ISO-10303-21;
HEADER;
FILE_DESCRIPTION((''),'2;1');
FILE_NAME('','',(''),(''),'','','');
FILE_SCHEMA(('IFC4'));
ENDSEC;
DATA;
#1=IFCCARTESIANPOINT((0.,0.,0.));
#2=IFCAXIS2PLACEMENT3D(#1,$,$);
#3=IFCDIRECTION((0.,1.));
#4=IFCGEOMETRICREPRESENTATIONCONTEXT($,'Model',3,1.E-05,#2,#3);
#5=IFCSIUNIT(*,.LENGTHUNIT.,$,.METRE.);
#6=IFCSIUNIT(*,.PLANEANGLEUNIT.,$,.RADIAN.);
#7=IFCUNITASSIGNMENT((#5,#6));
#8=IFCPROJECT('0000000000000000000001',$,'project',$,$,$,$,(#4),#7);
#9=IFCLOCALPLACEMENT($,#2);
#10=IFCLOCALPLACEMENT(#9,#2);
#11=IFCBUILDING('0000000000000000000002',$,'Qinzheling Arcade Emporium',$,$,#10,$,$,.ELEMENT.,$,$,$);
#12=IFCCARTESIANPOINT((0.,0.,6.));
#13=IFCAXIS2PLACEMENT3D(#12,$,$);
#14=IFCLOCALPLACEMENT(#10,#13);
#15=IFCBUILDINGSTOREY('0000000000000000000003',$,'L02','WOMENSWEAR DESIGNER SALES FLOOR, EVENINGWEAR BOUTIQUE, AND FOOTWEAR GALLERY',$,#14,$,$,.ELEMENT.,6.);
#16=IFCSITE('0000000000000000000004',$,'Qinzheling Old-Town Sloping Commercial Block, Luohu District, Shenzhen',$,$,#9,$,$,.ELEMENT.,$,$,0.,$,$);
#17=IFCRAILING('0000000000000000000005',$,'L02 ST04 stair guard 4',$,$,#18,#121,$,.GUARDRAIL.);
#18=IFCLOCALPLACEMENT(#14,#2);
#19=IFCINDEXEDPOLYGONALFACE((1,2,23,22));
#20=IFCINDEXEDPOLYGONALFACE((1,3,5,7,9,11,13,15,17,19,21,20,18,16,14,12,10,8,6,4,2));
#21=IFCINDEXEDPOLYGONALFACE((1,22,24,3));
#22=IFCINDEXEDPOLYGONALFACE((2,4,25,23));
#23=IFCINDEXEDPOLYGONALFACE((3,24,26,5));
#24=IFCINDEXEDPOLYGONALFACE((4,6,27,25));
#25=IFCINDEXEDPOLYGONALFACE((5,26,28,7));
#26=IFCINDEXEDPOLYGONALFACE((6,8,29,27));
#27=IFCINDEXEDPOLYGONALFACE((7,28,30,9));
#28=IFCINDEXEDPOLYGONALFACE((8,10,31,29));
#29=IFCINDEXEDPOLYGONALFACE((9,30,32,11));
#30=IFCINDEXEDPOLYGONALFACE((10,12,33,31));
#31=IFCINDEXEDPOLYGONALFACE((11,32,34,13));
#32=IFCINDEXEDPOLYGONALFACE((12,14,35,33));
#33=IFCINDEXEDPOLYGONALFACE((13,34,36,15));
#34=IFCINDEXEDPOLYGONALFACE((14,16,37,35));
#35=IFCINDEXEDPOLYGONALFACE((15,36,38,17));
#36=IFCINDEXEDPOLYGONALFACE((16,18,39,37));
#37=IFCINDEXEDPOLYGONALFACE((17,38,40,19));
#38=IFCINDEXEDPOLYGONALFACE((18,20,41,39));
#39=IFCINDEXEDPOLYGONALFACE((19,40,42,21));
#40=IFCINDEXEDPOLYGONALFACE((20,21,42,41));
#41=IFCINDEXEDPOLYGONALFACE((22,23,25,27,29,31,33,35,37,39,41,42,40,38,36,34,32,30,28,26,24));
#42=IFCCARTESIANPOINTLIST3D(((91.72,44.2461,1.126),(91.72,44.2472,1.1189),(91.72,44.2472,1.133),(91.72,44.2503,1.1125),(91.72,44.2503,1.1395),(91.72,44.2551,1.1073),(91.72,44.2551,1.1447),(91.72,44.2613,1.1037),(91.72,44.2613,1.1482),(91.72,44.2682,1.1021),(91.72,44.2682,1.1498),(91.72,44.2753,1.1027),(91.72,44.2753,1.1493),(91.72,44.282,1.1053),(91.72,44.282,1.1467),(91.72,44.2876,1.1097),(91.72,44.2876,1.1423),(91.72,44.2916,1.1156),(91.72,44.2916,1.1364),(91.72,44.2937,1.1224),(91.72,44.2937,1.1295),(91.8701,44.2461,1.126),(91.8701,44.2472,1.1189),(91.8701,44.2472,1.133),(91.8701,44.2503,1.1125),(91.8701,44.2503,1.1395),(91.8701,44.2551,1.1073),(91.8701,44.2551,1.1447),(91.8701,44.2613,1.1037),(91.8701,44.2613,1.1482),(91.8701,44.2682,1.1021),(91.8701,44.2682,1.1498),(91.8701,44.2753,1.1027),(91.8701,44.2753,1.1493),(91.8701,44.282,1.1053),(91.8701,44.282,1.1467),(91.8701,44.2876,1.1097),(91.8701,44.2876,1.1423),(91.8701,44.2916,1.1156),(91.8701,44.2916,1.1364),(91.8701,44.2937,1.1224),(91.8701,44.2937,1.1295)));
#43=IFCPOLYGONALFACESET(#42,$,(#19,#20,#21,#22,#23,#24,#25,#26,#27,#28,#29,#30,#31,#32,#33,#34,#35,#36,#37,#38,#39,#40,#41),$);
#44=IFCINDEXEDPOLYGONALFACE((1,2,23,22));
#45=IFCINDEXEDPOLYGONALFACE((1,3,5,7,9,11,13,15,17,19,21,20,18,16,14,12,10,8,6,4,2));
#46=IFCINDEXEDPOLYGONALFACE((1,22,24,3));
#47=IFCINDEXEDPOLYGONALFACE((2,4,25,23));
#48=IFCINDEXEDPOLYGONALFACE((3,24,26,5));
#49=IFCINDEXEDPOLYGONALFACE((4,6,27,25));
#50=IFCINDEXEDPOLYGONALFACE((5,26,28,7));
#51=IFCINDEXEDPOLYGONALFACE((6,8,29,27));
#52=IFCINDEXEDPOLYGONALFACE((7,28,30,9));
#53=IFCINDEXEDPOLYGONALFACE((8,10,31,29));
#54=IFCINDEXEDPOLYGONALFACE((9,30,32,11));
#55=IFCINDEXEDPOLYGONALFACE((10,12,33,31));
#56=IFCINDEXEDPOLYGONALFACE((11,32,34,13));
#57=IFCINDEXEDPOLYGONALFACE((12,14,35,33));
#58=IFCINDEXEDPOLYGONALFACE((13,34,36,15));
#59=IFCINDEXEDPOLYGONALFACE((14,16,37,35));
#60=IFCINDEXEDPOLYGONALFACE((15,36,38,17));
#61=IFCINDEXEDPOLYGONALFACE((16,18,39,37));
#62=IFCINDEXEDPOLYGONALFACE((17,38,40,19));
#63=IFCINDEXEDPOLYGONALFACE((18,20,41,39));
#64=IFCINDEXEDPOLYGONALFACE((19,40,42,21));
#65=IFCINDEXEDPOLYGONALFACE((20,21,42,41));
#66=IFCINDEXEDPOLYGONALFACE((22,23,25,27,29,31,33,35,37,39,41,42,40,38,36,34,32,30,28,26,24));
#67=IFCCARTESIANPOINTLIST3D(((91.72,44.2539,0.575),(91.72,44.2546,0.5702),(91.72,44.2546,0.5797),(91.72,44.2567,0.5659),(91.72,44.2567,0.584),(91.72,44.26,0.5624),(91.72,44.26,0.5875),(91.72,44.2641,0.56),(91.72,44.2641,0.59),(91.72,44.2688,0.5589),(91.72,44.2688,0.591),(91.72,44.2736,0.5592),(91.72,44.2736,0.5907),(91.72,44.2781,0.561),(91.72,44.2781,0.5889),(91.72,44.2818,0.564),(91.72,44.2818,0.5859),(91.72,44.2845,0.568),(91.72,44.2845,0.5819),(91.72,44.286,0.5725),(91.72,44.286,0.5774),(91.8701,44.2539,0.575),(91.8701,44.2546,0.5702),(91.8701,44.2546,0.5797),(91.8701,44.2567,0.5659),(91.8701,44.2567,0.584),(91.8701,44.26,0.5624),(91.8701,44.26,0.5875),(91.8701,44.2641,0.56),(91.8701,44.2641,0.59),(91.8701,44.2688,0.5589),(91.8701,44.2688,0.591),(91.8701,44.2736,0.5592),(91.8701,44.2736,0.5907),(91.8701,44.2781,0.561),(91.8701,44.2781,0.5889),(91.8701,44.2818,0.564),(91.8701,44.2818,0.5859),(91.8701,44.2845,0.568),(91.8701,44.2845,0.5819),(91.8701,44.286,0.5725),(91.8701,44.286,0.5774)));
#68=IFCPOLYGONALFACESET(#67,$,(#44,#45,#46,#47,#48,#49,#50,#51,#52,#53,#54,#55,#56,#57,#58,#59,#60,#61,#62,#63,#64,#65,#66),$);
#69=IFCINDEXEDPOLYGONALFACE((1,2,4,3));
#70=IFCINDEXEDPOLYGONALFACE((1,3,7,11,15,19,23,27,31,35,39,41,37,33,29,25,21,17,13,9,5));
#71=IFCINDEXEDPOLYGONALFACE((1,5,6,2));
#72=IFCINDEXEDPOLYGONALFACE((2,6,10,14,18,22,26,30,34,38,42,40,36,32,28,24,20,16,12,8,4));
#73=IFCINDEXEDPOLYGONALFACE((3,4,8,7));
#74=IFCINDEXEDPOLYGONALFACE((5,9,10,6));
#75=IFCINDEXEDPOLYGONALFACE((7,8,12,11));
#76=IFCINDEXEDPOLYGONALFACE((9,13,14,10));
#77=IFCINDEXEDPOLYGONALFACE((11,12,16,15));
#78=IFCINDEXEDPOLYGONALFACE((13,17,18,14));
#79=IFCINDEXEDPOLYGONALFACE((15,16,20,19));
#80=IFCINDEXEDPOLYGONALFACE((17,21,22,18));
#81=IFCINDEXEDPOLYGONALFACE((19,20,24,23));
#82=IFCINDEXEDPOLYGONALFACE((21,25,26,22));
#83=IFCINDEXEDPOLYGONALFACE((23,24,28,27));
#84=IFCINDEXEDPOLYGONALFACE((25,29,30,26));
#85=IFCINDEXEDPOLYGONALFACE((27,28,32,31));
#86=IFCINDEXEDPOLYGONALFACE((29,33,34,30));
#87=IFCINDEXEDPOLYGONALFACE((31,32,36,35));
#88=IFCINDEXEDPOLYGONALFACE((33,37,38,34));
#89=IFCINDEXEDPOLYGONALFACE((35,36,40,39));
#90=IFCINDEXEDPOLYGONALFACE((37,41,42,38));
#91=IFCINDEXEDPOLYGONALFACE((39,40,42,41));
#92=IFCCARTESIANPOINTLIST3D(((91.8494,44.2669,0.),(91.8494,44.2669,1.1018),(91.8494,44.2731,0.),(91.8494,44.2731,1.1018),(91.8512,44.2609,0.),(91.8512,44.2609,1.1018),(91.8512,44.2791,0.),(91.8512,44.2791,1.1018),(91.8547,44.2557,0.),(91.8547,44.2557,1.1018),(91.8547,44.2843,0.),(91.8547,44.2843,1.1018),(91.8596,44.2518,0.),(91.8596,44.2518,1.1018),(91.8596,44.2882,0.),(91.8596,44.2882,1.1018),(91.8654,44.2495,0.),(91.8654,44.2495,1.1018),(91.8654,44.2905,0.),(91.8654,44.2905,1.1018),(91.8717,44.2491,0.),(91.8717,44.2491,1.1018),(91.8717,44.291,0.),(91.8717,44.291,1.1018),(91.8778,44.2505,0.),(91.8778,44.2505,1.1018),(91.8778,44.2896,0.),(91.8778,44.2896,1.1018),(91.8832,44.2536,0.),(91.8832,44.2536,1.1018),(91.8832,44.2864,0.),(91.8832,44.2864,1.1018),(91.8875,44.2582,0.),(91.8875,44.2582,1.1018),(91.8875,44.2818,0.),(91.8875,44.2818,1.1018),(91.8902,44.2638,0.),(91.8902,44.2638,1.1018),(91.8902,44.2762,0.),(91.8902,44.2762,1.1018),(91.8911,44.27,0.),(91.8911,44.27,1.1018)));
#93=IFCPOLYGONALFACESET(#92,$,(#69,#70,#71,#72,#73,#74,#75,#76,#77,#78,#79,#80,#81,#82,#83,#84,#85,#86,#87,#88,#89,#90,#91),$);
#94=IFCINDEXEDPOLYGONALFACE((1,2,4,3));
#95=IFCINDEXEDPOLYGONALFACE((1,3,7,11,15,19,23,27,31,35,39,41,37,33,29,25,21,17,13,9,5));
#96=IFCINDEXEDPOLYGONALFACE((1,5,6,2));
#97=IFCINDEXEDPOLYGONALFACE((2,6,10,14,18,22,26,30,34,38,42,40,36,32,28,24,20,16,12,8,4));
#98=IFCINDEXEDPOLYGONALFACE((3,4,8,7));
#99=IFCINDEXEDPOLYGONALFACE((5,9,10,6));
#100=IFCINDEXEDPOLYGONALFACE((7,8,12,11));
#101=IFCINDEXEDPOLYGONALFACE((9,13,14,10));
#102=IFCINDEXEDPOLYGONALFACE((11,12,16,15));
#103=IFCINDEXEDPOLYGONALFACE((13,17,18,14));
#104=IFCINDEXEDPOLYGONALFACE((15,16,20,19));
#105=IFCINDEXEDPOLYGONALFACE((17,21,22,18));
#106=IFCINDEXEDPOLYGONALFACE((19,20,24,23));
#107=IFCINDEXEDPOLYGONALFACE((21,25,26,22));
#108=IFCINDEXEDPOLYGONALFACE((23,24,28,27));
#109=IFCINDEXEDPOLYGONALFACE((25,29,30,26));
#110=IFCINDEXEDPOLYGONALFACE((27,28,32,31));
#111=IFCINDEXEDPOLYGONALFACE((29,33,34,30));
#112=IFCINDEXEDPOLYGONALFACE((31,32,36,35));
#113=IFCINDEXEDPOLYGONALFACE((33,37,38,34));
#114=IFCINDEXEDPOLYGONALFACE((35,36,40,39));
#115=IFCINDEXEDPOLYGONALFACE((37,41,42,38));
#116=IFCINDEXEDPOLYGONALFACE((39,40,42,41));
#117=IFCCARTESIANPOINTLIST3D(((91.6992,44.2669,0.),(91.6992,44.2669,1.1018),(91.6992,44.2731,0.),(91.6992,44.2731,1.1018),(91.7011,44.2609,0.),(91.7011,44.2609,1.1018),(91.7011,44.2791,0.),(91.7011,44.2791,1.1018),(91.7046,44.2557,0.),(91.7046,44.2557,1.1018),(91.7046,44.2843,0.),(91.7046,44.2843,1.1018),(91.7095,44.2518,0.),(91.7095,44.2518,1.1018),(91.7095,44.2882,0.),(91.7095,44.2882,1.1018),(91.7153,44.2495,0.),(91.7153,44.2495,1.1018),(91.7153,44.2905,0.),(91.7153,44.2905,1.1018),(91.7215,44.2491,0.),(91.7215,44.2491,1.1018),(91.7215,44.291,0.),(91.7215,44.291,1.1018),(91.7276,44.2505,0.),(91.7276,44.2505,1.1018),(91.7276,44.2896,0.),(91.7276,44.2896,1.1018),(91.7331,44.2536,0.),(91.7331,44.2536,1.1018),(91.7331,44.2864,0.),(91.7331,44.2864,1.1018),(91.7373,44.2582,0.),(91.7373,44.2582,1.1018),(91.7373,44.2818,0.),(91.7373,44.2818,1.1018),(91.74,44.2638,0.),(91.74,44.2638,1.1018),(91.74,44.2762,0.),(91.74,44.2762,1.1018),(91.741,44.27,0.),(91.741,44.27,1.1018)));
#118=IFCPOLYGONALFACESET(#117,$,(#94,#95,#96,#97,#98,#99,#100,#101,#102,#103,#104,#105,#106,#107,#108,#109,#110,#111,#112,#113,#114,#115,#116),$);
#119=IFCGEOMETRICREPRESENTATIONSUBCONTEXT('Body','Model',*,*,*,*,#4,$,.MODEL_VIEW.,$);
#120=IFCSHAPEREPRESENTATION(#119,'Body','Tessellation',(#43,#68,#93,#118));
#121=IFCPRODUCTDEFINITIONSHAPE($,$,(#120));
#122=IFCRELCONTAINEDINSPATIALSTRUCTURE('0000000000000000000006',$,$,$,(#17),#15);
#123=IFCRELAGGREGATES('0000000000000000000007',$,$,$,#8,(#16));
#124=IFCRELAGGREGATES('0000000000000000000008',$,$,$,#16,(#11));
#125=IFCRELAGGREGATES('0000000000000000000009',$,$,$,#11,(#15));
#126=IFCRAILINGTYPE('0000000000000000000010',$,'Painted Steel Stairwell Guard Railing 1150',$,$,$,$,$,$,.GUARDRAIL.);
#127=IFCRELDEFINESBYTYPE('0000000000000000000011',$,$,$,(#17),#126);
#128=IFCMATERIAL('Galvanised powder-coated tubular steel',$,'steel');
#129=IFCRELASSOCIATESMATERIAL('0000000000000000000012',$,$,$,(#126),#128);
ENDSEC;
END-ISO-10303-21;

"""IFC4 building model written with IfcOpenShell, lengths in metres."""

from ifc_helpers import new_model, si_unit, direction, frame, origin, origin_2d, place, context, subcontext, project, spatial, circle, extrude, material, type_object, element, save


model = new_model("IFC4")

# Units and contexts
model_context = context("Model", 3, precision=1e-05, world=origin(), true_north=direction((0.0, 1.0)))
body_context = subcontext(model_context, "Body", "Model", "MODEL_VIEW")
ifc_project = project(units=[si_unit("LENGTHUNIT", "METRE"), si_unit("PLANEANGLEUNIT", "RADIAN")], contexts=[model_context])

# Site, building, storey
site_placement = place(None, origin())
site = spatial("IfcSite", under=ifc_project, at=site_placement, Name="Qinzheling Old-Town Sloping Commercial Block, Luohu District, Shenzhen", CompositionType="ELEMENT", RefElevation=0.0)
building_placement = place(site_placement, origin())
building = spatial("IfcBuilding", under=site, at=building_placement, Name="Qinzheling Arcade Emporium", CompositionType="ELEMENT")
storey_placement = place(building_placement, frame((0.0, 0.0, 6.0)))
storey = spatial("IfcBuildingStorey", under=building, at=storey_placement, Name="L02", Description="WOMENSWEAR DESIGNER SALES FLOOR, EVENINGWEAR BOUTIQUE, AND FOOTWEAR GALLERY", CompositionType="ELEMENT", Elevation=6.0)

# Railing
ifc_material_1 = material(Name="Galvanised powder-coated tubular steel", Category="steel")
railing_type_1 = type_object("IfcRailingType", Name="Painted Steel Stairwell Guard Railing 1150", PredefinedType="GUARDRAIL", material=ifc_material_1)
railing_1_placement = place(storey_placement, frame((91.8701, 44.27, 0.0)))
element("IfcRailing", 1, at=railing_1_placement, inside=storey, type_object=railing_type_1, Name="L02 ST04 stair guard 4", PredefinedType="GUARDRAIL", context=body_context, shape_type="SweptSolid", body=[
    extrude(circle(Radius=0.0239, at=origin_2d()), frame((0.0, 0.0, 1.126), z_axis=(-1.0, 0.0, 0.0), x_axis=(0.0, -1.0, 0.0)), (0.0, 0.0, 1.0), 0.1501),
    extrude(circle(Radius=0.0161, at=origin_2d()), frame((0.0, 0.0, 0.575), z_axis=(-1.0, 0.0, 0.0), x_axis=(0.0, -1.0, 0.0)), (0.0, 0.0, 1.0), 0.1501),
    extrude(circle(Radius=0.021, at=origin_2d()), origin(), (0.0, 0.0, 1.0), 1.1018),
    extrude(circle(Radius=0.021, at=origin_2d()), frame((-0.1501, 0.0, 0.0)), (0.0, 0.0, 1.0), 1.1018),
])

save(model, "model.ifc")
